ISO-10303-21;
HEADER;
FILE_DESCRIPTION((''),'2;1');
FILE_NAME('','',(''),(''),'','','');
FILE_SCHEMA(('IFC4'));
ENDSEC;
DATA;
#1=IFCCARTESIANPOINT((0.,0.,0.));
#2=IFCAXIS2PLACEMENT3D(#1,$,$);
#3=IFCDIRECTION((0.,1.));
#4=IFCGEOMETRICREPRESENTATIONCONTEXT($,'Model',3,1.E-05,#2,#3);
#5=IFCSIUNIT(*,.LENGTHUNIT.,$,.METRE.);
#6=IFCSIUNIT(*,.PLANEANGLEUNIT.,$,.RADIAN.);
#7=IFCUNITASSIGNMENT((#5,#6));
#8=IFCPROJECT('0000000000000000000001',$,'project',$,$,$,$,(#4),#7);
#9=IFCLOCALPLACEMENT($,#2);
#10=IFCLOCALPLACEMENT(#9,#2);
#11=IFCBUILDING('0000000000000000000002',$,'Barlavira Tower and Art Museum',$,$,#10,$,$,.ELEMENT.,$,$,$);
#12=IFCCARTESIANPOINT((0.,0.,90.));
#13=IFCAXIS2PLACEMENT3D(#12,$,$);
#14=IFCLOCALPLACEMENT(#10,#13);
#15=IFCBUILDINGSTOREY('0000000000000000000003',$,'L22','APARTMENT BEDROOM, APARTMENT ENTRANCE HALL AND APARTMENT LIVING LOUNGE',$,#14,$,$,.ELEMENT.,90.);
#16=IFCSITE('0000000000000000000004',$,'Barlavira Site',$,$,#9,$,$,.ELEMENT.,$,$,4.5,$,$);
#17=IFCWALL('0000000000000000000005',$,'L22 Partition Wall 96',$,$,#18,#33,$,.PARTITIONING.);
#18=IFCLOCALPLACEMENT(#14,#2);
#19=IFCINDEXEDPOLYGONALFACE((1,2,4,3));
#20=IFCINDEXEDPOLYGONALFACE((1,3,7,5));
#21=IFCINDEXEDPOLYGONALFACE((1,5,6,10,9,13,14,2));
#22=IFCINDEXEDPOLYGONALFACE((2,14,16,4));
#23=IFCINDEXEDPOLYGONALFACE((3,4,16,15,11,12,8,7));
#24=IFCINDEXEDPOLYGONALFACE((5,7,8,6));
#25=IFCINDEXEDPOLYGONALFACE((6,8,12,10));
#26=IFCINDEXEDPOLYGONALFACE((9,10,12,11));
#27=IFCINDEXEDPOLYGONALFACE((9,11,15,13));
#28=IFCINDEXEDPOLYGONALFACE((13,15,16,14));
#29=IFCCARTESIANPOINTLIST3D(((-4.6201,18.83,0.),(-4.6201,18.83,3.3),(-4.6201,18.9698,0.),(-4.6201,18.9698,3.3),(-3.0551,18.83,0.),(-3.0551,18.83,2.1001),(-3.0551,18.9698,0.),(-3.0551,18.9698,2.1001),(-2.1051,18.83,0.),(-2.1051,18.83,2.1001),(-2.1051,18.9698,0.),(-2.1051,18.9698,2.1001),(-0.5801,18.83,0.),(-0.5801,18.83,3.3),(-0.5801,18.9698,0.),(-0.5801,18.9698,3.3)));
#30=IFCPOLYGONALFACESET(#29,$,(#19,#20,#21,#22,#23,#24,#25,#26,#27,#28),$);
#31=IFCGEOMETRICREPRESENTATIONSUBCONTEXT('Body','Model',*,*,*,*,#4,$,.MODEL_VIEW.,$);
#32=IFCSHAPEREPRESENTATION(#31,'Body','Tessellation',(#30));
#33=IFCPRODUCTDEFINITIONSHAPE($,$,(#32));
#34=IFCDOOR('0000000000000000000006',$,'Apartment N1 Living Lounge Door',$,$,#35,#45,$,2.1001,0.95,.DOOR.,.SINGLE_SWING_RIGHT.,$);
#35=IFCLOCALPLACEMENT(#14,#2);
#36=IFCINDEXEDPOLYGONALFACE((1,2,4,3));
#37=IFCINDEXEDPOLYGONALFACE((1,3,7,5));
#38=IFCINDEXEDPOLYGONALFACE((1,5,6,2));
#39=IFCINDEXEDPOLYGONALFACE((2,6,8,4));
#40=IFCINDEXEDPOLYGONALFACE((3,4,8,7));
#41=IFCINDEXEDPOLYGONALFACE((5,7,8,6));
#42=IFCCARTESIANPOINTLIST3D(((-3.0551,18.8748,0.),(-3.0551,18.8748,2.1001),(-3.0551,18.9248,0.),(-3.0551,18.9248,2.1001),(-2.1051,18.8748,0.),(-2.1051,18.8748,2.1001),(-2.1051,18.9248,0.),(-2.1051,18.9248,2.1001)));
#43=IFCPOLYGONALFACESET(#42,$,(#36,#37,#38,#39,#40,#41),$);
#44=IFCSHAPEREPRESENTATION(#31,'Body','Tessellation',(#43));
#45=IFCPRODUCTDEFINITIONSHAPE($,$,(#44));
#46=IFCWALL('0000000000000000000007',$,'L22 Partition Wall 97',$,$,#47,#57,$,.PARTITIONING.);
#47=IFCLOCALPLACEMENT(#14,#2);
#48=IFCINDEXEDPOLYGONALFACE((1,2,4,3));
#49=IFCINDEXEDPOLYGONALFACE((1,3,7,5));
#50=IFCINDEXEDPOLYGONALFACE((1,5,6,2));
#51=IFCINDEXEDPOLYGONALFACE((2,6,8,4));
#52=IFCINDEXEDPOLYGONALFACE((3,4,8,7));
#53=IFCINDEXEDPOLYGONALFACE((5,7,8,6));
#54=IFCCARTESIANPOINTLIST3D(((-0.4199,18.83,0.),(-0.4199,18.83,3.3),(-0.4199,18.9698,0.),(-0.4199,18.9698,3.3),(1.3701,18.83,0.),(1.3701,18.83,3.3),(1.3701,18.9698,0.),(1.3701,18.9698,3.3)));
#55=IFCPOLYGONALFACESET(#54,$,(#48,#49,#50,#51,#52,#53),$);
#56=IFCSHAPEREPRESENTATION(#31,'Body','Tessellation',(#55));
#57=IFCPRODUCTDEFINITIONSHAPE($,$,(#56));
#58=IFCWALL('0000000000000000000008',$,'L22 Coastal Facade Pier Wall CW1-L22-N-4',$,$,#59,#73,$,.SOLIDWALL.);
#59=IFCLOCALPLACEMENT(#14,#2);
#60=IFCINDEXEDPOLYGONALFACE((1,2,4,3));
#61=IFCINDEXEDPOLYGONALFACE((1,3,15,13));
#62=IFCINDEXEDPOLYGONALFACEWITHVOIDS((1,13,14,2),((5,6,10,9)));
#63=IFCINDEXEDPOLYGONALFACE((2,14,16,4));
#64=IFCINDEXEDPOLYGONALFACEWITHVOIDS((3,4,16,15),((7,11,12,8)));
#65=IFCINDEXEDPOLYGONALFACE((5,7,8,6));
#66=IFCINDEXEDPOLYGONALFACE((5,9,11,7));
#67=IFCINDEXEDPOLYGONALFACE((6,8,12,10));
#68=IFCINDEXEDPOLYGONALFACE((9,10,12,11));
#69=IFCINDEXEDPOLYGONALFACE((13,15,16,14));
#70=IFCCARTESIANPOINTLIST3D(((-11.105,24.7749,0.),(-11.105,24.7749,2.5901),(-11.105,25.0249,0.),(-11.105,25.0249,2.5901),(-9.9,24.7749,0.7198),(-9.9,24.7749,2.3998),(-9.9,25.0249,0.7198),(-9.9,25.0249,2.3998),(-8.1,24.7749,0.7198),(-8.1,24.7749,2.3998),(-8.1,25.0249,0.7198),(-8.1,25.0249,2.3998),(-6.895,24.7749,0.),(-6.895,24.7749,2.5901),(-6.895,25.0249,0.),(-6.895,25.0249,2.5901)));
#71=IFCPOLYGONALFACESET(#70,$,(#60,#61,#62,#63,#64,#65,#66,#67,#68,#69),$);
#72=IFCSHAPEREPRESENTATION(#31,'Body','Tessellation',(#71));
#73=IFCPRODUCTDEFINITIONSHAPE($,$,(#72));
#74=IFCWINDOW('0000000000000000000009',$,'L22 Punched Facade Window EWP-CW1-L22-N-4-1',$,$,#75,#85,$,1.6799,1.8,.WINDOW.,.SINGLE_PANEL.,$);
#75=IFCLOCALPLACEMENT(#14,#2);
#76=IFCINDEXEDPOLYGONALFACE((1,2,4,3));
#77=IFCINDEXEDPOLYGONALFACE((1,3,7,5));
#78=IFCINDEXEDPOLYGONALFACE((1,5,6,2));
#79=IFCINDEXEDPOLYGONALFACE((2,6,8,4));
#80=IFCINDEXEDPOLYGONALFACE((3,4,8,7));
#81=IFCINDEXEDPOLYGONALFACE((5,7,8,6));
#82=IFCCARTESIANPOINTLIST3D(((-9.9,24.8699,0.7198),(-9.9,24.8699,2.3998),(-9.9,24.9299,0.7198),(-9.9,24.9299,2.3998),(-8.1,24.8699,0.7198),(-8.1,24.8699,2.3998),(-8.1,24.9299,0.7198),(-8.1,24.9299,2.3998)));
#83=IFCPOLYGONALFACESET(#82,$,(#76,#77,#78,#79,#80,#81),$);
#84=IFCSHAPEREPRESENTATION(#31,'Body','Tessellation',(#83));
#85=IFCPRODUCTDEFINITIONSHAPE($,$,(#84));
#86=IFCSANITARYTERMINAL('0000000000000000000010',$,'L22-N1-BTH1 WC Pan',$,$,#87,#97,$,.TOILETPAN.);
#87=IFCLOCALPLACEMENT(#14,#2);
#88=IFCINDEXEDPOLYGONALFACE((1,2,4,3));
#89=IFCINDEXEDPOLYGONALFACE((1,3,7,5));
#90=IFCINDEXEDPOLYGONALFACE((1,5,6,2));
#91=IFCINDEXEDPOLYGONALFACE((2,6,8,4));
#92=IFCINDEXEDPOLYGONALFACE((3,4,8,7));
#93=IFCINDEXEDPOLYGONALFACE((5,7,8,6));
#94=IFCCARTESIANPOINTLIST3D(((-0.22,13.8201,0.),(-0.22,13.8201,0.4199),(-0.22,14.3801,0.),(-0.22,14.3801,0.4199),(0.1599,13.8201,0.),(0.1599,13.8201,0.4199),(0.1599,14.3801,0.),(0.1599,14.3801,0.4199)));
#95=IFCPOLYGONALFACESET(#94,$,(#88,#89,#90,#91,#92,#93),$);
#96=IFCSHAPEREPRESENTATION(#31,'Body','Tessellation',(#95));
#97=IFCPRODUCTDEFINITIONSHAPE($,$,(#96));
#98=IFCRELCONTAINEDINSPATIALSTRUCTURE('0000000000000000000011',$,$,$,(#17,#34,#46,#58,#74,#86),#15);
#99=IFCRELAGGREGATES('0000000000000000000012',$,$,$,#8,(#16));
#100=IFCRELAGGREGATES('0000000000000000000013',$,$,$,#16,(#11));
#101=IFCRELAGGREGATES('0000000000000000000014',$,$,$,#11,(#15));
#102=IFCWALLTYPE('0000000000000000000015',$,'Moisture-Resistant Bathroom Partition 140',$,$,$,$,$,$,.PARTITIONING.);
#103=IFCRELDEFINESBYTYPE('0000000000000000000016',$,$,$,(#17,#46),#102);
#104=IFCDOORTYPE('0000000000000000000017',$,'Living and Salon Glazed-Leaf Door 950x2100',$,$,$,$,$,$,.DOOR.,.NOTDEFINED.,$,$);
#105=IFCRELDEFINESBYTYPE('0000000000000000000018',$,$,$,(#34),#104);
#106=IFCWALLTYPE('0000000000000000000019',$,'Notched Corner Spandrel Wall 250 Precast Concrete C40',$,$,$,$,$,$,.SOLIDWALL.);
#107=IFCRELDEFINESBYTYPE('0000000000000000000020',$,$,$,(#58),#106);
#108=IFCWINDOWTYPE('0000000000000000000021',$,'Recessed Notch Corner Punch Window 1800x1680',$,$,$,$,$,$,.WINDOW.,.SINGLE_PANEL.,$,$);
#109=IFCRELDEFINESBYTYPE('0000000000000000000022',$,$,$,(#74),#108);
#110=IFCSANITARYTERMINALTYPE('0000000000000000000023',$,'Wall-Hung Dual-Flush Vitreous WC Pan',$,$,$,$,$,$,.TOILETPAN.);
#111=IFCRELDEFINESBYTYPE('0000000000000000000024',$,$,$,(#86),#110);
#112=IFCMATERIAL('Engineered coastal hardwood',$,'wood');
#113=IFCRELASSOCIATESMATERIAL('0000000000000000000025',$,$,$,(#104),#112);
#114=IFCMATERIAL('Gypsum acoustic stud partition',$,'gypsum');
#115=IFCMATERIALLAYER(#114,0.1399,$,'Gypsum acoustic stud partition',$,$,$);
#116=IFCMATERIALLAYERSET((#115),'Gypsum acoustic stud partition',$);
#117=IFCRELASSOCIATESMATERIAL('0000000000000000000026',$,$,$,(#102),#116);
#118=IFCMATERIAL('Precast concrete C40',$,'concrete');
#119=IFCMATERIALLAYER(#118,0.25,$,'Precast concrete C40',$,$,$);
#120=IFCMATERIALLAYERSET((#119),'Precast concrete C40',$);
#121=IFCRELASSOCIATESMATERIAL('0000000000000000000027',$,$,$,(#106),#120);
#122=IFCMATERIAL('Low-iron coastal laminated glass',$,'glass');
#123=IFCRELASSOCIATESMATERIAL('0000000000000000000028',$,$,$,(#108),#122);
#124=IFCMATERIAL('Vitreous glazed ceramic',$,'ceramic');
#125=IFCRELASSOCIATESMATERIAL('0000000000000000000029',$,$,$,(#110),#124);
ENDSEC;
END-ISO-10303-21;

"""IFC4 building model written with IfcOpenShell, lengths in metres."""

from ifc_helpers import new_model, si_unit, direction, frame, frame_2d, origin, origin_2d, place, context, subcontext, project, spatial, rectangle, extrude, material, layer, layer_set, type_object, element, fill, save


model = new_model("IFC4")

# Units and contexts
model_context = context("Model", 3, precision=1e-05, world=origin(), true_north=direction((0.0, 1.0)))
body_context = subcontext(model_context, "Body", "Model", "MODEL_VIEW")
ifc_project = project(units=[si_unit("LENGTHUNIT", "METRE"), si_unit("PLANEANGLEUNIT", "RADIAN")], contexts=[model_context])

# Site, building, storey
site_placement = place(None, origin())
site = spatial("IfcSite", under=ifc_project, at=site_placement, Name="Barlavira Site", CompositionType="ELEMENT", RefElevation=4.5)
building_placement = place(site_placement, origin())
building = spatial("IfcBuilding", under=site, at=building_placement, Name="Barlavira Tower and Art Museum", CompositionType="ELEMENT")
storey_placement = place(building_placement, frame((0.0, 0.0, 90.0)))
storey = spatial("IfcBuildingStorey", under=building, at=storey_placement, Name="L22", Description="APARTMENT BEDROOM, APARTMENT ENTRANCE HALL AND APARTMENT LIVING LOUNGE", CompositionType="ELEMENT", Elevation=90.0)

# Shared definitions
ifc_material_1 = material(Name="Low-iron coastal laminated glass", Category="glass")

# Shared definitions
ifc_material_2 = material(Name="Gypsum acoustic stud partition", Category="gypsum")
ifc_material_3 = material(Name="Engineered coastal hardwood", Category="wood")
door_type_1 = type_object("IfcDoorType", Name="Living and Salon Glazed-Leaf Door 950x2100", OperationType="NOTDEFINED", PredefinedType="DOOR", material=ifc_material_3)

# Shared definitions
ifc_layer_1 = layer(ifc_material_2, 0.1399, Name="Gypsum acoustic stud partition")
ifc_layer_set_1 = layer_set([ifc_layer_1], Name="Gypsum acoustic stud partition")
wall_type_1 = type_object("IfcWallType", Name="Moisture-Resistant Bathroom Partition 140", PredefinedType="PARTITIONING", material=ifc_layer_set_1)

# Wall, opening, door
wall_1_placement = place(storey_placement, frame((-4.6201, 18.8999, 0.0), z_axis=(0.0, 0.0, 1.0), x_axis=(1.0, 0.0, 0.0)))
wall_1 = element("IfcWall", 1, at=wall_1_placement, inside=storey, type_object=wall_type_1, Name="L22 Partition Wall 96", PredefinedType="PARTITIONING", context=body_context, shape_type="SweptSolid", body=[
    extrude(rectangle(XDim=4.04, YDim=0.1399, at=frame_2d((2.02, 0.0))), origin(), (0.0, 0.0, 1.0), 3.3),
])
opening_1_placement = place(wall_1_placement, frame((1.5649, 0.0, 0.0)))
opening_1 = element("IfcOpeningElement", 2, at=opening_1_placement, cuts=wall_1, PredefinedType="OPENING", context=body_context, shape_type="SweptSolid", body=[
    extrude(rectangle(XDim=0.95, YDim=2.1001, at=frame_2d((0.4751, 1.05))), frame((0.0, 0.0801, 0.0), z_axis=(0.0, -1.0, 0.0), x_axis=(1.0, 0.0, 0.0)), (0.0, 0.0, 1.0), 0.1599),
])
door_1_placement = place(opening_1_placement, origin())
door_1 = element("IfcDoor", 3, at=door_1_placement, inside=storey, type_object=door_type_1, Name="Apartment N1 Living Lounge Door", OperationType="SINGLE_SWING_RIGHT", OverallHeight=2.1001, OverallWidth=0.95, PredefinedType="DOOR", context=body_context, shape_type="SweptSolid", body=[
    extrude(rectangle(XDim=0.95, YDim=2.1001, at=frame_2d((0.4751, 1.05))), frame((0.0, 0.0249, 0.0), z_axis=(0.0, -1.0, 0.0), x_axis=(1.0, 0.0, 0.0)), (0.0, 0.0, 1.0), 0.05),
])
fill(opening_1, door_1)

# Wall
wall_2_placement = place(storey_placement, frame((-0.4199, 18.8999, 0.0), z_axis=(0.0, 0.0, 1.0), x_axis=(1.0, 0.0, 0.0)))
element("IfcWall", 4, at=wall_2_placement, inside=storey, type_object=wall_type_1, Name="L22 Partition Wall 97", PredefinedType="PARTITIONING", context=body_context, shape_type="SweptSolid", body=[
    extrude(rectangle(XDim=1.79, YDim=0.1399, at=frame_2d((0.895, 0.0))), origin(), (0.0, 0.0, 1.0), 3.3),
])

# Wall, opening, window
ifc_material_4 = material(Name="Precast concrete C40", Category="concrete")
ifc_layer_2 = layer(ifc_material_4, 0.25, Name="Precast concrete C40")
ifc_layer_set_2 = layer_set([ifc_layer_2], Name="Precast concrete C40")
wall_type_2 = type_object("IfcWallType", Name="Notched Corner Spandrel Wall 250 Precast Concrete C40", PredefinedType="SOLIDWALL", material=ifc_layer_set_2)
wall_3_placement = place(storey_placement, frame((-6.895, 24.8999, 0.0), z_axis=(0.0, 0.0, 1.0), x_axis=(-1.0, 0.0, 0.0)))
wall_3 = element("IfcWall", 5, at=wall_3_placement, inside=storey, type_object=wall_type_2, Name="L22 Coastal Facade Pier Wall CW1-L22-N-4", PredefinedType="SOLIDWALL", context=body_context, shape_type="SweptSolid", body=[
    extrude(rectangle(XDim=4.21, YDim=0.25, at=frame_2d((2.105, 0.0))), origin(), (0.0, 0.0, 1.0), 2.5901),
])
opening_2_placement = place(wall_3_placement, frame((1.2051, 0.0, 0.72)))
opening_2 = element("IfcOpeningElement", 6, at=opening_2_placement, cuts=wall_3, PredefinedType="OPENING", context=body_context, shape_type="SweptSolid", body=[
    extrude(rectangle(XDim=1.8, YDim=1.6799, at=frame_2d((0.8999, 0.8398))), frame((0.0, 0.135, 0.0), z_axis=(0.0, -1.0, 0.0), x_axis=(1.0, 0.0, 0.0)), (0.0, 0.0, 1.0), 0.27),
])
window_type = type_object("IfcWindowType", Name="Recessed Notch Corner Punch Window 1800x1680", PartitioningType="SINGLE_PANEL", PredefinedType="WINDOW", material=ifc_material_1)
window_placement = place(opening_2_placement, origin())
window = element("IfcWindow", 7, at=window_placement, inside=storey, type_object=window_type, Name="L22 Punched Facade Window EWP-CW1-L22-N-4-1", OverallHeight=1.6799, OverallWidth=1.8, PartitioningType="SINGLE_PANEL", PredefinedType="WINDOW", context=body_context, shape_type="SweptSolid", body=[
    extrude(rectangle(XDim=1.8, YDim=1.6799, at=frame_2d((0.8999, 0.8398))), frame((0.0, 0.03, 0.0), z_axis=(0.0, -1.0, 0.0), x_axis=(1.0, 0.0, 0.0)), (0.0, 0.0, 1.0), 0.0601),
])
fill(opening_2, window)

# Sanitary terminal
ifc_material_5 = material(Name="Vitreous glazed ceramic", Category="ceramic")
sanitary_terminal_type = type_object("IfcSanitaryTerminalType", Name="Wall-Hung Dual-Flush Vitreous WC Pan", PredefinedType="TOILETPAN", material=ifc_material_5)
sanitary_terminal_placement = place(storey_placement, frame((-0.03, 14.1001, 0.0), z_axis=(0.0, 0.0, 1.0), x_axis=(1.0, 0.0, 0.0)))
element("IfcSanitaryTerminal", 8, at=sanitary_terminal_placement, inside=storey, type_object=sanitary_terminal_type, Name="L22-N1-BTH1 WC Pan", PredefinedType="TOILETPAN", context=body_context, shape_type="SweptSolid", body=[
    extrude(rectangle(XDim=0.3799, YDim=0.5601, at=origin_2d()), origin(), (0.0, 0.0, 1.0), 0.4199),
])

save(model, "model.ifc")
